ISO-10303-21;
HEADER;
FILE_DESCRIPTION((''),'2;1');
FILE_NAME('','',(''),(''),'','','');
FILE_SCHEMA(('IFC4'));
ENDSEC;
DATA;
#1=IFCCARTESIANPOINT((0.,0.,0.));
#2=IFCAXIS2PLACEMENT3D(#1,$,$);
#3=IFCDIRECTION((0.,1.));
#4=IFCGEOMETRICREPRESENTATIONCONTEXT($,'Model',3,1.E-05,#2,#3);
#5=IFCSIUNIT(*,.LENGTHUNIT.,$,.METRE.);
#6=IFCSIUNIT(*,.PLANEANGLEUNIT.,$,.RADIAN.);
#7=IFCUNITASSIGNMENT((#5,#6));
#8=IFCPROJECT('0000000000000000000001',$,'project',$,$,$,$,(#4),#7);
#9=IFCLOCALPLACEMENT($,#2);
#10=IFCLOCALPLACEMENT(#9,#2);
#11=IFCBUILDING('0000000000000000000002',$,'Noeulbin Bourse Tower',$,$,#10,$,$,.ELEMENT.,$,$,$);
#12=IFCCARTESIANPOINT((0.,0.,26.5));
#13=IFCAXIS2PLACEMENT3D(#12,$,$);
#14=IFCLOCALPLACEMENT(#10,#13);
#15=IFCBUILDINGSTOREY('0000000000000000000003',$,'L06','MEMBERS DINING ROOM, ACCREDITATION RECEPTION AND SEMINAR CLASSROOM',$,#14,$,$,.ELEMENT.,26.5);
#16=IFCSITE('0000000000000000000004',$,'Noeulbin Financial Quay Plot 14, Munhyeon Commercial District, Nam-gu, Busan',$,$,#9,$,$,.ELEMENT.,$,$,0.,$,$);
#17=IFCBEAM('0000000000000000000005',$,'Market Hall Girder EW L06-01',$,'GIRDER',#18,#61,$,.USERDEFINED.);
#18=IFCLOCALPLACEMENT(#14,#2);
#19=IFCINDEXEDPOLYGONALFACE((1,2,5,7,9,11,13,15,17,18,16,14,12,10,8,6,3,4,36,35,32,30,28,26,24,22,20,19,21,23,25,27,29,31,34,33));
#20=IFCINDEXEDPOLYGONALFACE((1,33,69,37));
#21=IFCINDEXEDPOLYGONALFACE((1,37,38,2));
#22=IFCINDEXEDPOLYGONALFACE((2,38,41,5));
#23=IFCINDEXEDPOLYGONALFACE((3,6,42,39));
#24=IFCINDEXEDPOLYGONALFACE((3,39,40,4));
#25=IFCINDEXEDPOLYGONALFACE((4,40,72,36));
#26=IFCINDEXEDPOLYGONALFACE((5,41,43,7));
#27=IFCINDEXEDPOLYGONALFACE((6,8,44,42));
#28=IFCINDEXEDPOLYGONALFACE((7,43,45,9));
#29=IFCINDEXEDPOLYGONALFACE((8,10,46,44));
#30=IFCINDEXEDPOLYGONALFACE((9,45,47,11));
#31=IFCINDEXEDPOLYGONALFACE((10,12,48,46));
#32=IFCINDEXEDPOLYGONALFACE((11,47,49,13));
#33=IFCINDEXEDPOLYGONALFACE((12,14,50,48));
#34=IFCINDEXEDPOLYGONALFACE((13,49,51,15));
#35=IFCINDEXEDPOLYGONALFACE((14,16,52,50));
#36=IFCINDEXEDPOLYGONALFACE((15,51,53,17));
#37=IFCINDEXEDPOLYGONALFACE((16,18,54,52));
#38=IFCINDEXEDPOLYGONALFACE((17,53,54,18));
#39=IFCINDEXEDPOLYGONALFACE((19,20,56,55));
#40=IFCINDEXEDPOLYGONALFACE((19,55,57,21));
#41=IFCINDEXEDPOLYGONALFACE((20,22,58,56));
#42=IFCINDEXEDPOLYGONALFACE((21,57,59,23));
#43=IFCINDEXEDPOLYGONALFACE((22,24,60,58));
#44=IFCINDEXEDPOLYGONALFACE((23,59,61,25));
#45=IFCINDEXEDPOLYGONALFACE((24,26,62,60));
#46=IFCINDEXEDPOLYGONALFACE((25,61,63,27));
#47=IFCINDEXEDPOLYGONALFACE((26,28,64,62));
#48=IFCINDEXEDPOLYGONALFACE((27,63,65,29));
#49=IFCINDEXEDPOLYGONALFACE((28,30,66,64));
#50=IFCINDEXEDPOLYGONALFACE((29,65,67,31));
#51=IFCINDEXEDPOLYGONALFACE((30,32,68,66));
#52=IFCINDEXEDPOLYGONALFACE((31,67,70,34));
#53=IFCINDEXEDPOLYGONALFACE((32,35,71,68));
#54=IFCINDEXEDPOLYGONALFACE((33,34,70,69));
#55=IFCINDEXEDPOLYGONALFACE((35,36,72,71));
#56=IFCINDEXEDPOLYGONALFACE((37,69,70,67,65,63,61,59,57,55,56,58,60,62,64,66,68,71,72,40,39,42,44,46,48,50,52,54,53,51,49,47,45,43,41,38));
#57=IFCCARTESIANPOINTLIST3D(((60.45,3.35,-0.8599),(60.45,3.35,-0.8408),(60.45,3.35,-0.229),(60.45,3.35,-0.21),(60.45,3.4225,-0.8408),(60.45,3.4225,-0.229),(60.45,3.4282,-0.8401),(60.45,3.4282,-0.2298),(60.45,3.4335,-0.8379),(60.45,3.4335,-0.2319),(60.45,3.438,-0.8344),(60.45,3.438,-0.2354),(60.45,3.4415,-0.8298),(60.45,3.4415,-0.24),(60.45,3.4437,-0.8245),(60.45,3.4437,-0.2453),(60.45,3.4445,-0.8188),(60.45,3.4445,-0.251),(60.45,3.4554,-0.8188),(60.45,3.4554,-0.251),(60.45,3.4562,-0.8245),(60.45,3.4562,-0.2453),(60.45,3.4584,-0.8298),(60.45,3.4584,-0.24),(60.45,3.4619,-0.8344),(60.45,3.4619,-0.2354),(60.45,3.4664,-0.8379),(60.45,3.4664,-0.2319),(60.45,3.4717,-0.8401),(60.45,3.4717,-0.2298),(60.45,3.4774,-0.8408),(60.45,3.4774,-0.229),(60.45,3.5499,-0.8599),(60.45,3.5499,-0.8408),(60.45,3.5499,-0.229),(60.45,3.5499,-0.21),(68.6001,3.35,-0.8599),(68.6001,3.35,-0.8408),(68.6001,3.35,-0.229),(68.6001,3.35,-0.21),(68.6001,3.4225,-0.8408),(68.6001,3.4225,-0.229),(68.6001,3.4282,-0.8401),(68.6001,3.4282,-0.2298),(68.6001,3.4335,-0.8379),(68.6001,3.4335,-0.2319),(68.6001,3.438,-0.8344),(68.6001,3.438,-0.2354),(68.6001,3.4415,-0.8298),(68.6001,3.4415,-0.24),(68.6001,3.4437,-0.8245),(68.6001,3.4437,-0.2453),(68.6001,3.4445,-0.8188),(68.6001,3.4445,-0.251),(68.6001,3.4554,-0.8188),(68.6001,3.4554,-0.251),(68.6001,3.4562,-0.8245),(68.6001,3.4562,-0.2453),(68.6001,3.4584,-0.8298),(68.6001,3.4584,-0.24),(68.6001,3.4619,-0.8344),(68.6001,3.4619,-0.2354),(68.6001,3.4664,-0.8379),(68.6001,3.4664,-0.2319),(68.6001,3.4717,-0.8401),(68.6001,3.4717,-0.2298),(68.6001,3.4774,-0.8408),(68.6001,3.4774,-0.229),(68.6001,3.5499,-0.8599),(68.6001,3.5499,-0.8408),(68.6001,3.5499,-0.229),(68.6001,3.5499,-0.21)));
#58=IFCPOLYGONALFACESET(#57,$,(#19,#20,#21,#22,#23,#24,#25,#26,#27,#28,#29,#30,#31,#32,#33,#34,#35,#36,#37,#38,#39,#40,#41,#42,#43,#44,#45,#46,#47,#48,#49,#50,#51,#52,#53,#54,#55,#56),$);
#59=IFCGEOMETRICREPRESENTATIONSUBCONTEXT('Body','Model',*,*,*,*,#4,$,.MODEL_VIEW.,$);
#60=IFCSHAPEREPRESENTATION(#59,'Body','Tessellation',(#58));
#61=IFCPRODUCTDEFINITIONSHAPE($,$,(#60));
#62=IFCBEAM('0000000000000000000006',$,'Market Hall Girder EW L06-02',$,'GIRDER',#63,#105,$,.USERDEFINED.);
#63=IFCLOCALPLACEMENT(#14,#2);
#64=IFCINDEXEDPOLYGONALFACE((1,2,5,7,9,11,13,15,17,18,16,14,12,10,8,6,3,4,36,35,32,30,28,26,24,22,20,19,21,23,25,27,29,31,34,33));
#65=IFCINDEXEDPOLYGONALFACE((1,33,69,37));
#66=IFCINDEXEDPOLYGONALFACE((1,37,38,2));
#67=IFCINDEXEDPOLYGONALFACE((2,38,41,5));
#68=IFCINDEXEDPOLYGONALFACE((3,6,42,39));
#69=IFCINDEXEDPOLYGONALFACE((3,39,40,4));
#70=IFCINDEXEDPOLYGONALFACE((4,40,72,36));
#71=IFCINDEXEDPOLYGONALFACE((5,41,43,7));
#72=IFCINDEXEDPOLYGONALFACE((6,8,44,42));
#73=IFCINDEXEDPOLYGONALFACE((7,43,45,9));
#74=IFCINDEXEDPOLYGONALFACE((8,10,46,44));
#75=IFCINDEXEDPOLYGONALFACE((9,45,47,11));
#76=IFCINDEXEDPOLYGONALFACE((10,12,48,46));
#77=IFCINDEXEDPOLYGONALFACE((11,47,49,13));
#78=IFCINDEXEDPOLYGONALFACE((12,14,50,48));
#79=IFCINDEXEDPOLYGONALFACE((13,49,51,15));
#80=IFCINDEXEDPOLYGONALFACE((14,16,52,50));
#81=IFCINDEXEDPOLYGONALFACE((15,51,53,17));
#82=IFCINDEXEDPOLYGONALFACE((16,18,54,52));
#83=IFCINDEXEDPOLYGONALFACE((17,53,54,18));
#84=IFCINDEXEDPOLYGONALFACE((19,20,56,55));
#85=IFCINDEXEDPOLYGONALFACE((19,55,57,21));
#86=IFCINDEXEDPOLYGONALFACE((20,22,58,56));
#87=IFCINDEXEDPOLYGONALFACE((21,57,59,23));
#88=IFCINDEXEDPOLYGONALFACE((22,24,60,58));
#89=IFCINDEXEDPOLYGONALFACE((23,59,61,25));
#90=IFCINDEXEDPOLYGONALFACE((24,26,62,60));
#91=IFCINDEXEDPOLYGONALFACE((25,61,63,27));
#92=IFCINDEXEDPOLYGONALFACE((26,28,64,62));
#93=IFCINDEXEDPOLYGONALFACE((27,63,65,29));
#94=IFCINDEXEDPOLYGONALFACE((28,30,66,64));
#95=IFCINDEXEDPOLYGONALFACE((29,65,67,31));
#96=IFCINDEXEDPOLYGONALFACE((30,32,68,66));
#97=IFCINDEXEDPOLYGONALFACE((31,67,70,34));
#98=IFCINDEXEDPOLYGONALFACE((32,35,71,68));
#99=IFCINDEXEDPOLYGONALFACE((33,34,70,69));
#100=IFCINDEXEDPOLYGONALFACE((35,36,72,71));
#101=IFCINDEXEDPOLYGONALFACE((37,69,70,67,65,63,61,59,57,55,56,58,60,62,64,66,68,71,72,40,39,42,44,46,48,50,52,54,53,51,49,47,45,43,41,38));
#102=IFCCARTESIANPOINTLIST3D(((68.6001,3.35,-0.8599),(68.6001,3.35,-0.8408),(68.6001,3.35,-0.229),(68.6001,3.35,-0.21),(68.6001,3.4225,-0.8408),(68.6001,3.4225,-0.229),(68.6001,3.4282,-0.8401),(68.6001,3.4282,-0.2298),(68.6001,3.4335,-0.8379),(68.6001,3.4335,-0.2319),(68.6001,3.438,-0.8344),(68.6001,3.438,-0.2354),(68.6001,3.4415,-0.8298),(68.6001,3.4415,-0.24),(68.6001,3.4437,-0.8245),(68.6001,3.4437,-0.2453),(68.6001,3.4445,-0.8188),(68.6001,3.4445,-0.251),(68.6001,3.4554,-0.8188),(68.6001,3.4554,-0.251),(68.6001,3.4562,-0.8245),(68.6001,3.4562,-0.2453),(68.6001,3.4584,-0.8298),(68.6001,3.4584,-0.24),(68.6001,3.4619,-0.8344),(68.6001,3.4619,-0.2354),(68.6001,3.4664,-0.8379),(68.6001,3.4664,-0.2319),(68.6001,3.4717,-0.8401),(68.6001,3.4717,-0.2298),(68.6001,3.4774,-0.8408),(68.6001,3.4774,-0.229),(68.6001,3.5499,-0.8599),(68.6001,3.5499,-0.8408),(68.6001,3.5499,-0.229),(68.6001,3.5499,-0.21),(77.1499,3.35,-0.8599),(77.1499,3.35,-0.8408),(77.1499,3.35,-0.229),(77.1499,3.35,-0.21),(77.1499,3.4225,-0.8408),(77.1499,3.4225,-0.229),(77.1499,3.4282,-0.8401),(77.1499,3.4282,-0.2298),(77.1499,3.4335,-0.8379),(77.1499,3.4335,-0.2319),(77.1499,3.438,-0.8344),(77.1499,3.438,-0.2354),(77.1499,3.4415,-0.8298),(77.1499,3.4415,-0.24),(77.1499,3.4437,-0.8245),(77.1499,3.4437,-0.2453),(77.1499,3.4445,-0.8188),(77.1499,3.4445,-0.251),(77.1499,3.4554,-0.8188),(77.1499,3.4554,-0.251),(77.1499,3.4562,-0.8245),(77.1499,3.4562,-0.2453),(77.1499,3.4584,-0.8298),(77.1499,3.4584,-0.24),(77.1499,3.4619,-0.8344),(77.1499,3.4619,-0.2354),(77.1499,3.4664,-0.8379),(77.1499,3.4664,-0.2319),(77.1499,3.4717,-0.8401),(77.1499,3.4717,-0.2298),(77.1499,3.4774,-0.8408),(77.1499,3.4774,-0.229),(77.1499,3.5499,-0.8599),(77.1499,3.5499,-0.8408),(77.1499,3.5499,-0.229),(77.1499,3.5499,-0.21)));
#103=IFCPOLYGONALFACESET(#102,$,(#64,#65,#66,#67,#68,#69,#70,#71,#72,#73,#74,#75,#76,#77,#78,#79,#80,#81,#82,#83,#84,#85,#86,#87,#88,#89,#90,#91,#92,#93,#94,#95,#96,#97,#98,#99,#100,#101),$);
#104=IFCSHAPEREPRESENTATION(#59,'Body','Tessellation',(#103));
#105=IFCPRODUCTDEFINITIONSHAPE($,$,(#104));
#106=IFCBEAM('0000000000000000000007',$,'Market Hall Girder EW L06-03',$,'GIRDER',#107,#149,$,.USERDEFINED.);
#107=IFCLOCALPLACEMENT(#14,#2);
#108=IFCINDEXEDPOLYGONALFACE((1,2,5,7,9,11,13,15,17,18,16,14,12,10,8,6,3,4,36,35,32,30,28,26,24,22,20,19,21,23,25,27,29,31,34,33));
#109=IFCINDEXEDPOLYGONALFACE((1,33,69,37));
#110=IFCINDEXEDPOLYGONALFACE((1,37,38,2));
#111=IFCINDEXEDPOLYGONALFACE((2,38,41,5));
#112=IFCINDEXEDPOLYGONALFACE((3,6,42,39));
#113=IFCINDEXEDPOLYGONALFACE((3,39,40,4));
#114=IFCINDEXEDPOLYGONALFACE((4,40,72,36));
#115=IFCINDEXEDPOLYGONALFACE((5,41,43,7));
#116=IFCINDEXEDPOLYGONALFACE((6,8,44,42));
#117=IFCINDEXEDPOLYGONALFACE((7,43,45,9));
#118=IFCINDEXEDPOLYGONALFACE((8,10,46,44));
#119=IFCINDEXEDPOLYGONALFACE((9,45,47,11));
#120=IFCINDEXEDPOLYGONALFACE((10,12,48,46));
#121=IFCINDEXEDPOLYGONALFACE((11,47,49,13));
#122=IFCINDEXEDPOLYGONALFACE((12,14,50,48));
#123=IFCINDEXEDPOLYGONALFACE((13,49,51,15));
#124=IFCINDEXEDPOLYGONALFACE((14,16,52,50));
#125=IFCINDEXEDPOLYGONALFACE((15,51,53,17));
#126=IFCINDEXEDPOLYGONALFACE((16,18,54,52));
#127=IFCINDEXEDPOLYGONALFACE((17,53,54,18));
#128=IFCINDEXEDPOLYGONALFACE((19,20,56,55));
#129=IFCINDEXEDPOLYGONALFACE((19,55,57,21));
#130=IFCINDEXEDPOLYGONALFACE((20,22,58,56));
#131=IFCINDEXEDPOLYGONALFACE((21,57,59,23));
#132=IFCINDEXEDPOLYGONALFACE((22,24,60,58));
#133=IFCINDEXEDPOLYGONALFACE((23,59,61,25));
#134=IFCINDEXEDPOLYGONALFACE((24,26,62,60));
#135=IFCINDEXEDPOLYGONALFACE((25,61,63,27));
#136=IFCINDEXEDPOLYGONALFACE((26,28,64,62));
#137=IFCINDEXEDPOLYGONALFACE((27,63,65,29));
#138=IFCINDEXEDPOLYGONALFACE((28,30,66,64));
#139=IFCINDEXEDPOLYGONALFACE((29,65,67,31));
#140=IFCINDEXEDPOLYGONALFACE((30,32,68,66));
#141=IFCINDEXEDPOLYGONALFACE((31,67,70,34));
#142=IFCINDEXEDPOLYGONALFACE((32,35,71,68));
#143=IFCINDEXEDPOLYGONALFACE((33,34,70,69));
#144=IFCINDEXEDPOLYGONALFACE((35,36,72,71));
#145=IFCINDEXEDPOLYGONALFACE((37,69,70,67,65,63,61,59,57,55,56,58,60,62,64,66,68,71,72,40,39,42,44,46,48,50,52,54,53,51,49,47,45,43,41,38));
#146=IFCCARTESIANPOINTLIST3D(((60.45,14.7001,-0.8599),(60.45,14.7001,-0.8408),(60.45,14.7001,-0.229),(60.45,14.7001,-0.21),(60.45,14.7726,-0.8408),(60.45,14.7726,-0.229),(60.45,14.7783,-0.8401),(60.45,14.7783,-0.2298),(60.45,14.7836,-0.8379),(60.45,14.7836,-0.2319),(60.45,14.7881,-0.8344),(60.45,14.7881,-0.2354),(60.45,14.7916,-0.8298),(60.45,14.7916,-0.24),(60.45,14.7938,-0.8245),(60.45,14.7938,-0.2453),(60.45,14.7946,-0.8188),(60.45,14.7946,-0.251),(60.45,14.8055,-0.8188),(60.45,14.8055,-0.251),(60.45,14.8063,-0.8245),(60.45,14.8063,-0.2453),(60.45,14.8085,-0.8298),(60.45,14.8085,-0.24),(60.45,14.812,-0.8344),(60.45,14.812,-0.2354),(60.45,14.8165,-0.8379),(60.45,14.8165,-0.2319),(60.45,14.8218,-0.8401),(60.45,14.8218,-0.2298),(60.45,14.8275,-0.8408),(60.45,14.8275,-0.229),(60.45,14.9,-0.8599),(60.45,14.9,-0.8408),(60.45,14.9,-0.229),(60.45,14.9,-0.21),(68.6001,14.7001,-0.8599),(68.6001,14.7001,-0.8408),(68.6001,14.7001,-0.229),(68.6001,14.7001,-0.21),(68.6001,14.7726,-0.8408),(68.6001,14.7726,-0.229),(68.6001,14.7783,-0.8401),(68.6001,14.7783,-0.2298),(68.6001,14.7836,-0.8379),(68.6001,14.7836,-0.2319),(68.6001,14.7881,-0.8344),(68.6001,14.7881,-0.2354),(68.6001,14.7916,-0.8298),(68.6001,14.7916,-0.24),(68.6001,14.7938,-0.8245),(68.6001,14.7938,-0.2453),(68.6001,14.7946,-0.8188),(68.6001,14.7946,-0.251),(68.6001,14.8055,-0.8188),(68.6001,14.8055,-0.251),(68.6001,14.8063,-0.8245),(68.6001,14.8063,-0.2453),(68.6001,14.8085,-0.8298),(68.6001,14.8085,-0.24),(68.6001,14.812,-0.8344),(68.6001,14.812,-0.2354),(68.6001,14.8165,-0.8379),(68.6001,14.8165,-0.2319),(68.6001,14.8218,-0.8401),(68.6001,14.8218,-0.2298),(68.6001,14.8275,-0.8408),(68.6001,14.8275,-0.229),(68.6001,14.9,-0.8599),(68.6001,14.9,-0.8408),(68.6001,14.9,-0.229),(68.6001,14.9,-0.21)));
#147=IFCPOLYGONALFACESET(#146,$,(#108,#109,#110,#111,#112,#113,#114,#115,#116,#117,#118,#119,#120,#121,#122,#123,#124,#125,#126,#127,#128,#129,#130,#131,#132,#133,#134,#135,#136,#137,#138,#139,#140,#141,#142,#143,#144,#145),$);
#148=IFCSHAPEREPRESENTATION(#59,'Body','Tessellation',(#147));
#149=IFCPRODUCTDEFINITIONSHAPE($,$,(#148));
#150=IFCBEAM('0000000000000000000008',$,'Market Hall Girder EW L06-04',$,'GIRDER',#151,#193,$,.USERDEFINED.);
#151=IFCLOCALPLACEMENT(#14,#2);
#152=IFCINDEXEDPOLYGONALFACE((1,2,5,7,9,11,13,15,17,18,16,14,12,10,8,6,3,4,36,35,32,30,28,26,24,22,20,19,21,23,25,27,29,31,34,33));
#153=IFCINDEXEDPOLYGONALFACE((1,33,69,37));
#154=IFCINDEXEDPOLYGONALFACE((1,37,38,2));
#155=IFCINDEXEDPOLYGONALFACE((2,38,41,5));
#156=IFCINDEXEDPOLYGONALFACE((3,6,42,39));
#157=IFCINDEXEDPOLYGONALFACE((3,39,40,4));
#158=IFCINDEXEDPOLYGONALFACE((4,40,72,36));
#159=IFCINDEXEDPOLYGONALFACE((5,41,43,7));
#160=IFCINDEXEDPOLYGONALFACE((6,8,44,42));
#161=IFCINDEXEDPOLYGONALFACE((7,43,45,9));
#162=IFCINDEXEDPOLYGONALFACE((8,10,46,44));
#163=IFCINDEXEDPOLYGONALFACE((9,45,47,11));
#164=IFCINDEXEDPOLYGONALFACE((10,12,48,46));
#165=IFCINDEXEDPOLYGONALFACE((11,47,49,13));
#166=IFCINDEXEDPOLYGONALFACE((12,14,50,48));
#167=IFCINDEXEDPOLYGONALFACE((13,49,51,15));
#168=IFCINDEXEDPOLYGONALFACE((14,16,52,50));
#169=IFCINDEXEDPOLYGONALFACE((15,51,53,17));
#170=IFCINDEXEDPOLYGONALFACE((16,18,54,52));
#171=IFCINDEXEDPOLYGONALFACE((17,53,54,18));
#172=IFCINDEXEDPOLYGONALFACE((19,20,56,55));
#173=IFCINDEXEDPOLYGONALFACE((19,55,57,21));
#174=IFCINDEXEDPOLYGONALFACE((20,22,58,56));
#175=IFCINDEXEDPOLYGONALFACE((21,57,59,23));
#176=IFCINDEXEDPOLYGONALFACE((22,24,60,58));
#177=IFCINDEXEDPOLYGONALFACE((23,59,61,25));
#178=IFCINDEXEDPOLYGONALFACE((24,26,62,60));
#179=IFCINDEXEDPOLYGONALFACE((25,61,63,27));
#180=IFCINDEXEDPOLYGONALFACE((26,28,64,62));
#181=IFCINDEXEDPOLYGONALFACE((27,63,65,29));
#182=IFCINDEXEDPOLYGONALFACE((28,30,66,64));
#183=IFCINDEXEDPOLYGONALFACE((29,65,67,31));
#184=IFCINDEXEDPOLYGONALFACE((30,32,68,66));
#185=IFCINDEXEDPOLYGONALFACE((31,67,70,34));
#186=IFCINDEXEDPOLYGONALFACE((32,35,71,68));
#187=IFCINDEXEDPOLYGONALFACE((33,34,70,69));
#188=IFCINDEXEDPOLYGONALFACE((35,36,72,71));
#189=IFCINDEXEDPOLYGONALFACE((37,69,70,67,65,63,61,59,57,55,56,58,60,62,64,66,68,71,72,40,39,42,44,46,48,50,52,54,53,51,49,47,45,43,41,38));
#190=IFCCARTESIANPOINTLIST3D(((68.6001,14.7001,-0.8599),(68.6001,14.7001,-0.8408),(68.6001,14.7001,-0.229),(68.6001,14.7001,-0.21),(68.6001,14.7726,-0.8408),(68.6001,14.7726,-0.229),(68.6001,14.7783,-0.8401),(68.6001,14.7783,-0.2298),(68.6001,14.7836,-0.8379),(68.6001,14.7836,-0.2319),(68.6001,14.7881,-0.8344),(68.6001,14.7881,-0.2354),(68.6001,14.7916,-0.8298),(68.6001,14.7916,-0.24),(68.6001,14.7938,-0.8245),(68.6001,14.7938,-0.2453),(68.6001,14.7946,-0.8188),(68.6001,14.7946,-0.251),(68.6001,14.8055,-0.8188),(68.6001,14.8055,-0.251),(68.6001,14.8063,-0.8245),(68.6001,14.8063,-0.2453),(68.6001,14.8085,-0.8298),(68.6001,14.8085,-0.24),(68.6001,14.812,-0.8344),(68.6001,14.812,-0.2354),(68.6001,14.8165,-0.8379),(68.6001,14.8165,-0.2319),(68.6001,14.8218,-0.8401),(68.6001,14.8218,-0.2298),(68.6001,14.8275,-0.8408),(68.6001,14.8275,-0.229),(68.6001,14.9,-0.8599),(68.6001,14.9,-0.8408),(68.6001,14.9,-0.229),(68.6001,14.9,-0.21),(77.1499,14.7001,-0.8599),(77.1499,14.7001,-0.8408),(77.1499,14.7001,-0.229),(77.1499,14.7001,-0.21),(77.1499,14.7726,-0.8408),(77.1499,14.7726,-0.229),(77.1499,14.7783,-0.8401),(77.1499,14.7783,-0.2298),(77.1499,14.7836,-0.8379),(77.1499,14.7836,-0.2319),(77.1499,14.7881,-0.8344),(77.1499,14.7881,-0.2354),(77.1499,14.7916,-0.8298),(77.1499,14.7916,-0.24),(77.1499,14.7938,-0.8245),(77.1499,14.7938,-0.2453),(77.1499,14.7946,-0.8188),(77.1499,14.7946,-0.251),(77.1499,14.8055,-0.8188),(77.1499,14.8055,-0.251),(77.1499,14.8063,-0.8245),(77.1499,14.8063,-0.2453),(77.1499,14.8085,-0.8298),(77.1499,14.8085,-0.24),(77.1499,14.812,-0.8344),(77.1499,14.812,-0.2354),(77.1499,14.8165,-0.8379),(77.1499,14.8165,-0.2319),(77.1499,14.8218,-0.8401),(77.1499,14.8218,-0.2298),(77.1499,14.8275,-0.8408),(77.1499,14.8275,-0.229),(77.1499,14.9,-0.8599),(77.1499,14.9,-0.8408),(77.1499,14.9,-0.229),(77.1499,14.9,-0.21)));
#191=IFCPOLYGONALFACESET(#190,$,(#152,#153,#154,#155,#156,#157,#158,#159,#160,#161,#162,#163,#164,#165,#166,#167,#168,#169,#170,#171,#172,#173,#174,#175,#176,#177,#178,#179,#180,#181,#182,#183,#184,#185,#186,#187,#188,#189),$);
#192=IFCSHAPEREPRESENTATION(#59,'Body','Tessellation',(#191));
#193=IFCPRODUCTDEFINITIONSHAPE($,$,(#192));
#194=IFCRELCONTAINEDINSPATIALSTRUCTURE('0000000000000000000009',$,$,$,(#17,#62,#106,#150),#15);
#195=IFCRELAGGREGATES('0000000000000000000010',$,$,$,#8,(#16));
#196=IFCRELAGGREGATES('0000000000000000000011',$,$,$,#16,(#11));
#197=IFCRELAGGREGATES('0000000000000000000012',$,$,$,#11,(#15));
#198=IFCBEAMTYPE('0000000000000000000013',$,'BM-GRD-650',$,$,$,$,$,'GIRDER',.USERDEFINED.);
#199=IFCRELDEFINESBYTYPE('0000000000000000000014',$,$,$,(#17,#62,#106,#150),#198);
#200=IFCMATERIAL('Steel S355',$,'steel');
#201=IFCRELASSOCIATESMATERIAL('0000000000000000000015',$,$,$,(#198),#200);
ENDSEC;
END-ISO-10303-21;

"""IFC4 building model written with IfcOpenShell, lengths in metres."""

from ifc_helpers import new_model, si_unit, direction, frame, origin, origin_2d, place, context, subcontext, project, spatial, i_section, extrude, material, material_profile, profile_set, type_object, element, save


model = new_model("IFC4")

# Units and contexts
model_context = context("Model", 3, precision=1e-05, world=origin(), true_north=direction((0.0, 1.0)))
body_context = subcontext(model_context, "Body", "Model", "MODEL_VIEW")
ifc_project = project(units=[si_unit("LENGTHUNIT", "METRE"), si_unit("PLANEANGLEUNIT", "RADIAN")], contexts=[model_context])

# Site, building, storey
site_placement = place(None, origin())
site = spatial("IfcSite", under=ifc_project, at=site_placement, Name="Noeulbin Financial Quay Plot 14, Munhyeon Commercial District, Nam-gu, Busan", CompositionType="ELEMENT", RefElevation=0.0)
building_placement = place(site_placement, origin())
building = spatial("IfcBuilding", under=site, at=building_placement, Name="Noeulbin Bourse Tower", CompositionType="ELEMENT")
storey_placement = place(building_placement, frame((0.0, 0.0, 26.5)))
storey = spatial("IfcBuildingStorey", under=building, at=storey_placement, Name="L06", Description="MEMBERS DINING ROOM, ACCREDITATION RECEPTION AND SEMINAR CLASSROOM", CompositionType="ELEMENT", Elevation=26.5)

# Beams
ifc_material_1 = material(Name="Steel S355", Category="steel")
ifc_material_profile_1 = material_profile(ifc_material_1, i_section(OverallWidth=0.2, OverallDepth=0.6499, WebThickness=0.011, FlangeThickness=0.019, FilletRadius=0.022, at=origin_2d()), Name="H-650x200x11x19", Category="LoadBearing")
ifc_profile_set_1 = profile_set([ifc_material_profile_1], Name="Steel S355")
beam_type_1 = type_object("IfcBeamType", Name="BM-GRD-650", ElementType="GIRDER", PredefinedType="USERDEFINED", material=ifc_profile_set_1)
beam_1_placement = place(storey_placement, frame((60.45, 3.45, -0.5349), z_axis=(1.0, 0.0, 0.0), x_axis=(0.0, 1.0, 0.0)))
element("IfcBeam", 1, at=beam_1_placement, inside=storey, type_object=beam_type_1, Name="Market Hall Girder EW L06-01", ObjectType="GIRDER", PredefinedType="USERDEFINED", context=body_context, shape_type="SweptSolid", body=[
    extrude(i_section(OverallWidth=0.2, OverallDepth=0.6499, WebThickness=0.011, FlangeThickness=0.019, FilletRadius=0.022, at=origin_2d()), origin(), (0.0, 0.0, 1.0), 8.1501),
])
beam_2_placement = place(storey_placement, frame((68.6001, 3.45, -0.5349), z_axis=(1.0, 0.0, 0.0), x_axis=(0.0, 1.0, 0.0)))
element("IfcBeam", 2, at=beam_2_placement, inside=storey, type_object=beam_type_1, Name="Market Hall Girder EW L06-02", ObjectType="GIRDER", PredefinedType="USERDEFINED", context=body_context, shape_type="SweptSolid", body=[
    extrude(i_section(OverallWidth=0.2, OverallDepth=0.6499, WebThickness=0.011, FlangeThickness=0.019, FilletRadius=0.022, at=origin_2d()), origin(), (0.0, 0.0, 1.0), 8.5498),
])
beam_3_placement = place(storey_placement, frame((60.45, 14.8, -0.5349), z_axis=(1.0, 0.0, 0.0), x_axis=(0.0, 1.0, 0.0)))
element("IfcBeam", 3, at=beam_3_placement, inside=storey, type_object=beam_type_1, Name="Market Hall Girder EW L06-03", ObjectType="GIRDER", PredefinedType="USERDEFINED", context=body_context, shape_type="SweptSolid", body=[
    extrude(i_section(OverallWidth=0.2, OverallDepth=0.6499, WebThickness=0.011, FlangeThickness=0.019, FilletRadius=0.022, at=origin_2d()), origin(), (0.0, 0.0, 1.0), 8.1501),
])
beam_4_placement = place(storey_placement, frame((68.6001, 14.8, -0.5349), z_axis=(1.0, 0.0, 0.0), x_axis=(0.0, 1.0, 0.0)))
element("IfcBeam", 4, at=beam_4_placement, inside=storey, type_object=beam_type_1, Name="Market Hall Girder EW L06-04", ObjectType="GIRDER", PredefinedType="USERDEFINED", context=body_context, shape_type="SweptSolid", body=[
    extrude(i_section(OverallWidth=0.2, OverallDepth=0.6499, WebThickness=0.011, FlangeThickness=0.019, FilletRadius=0.022, at=origin_2d()), origin(), (0.0, 0.0, 1.0), 8.5498),
])

save(model, "model.ifc")
